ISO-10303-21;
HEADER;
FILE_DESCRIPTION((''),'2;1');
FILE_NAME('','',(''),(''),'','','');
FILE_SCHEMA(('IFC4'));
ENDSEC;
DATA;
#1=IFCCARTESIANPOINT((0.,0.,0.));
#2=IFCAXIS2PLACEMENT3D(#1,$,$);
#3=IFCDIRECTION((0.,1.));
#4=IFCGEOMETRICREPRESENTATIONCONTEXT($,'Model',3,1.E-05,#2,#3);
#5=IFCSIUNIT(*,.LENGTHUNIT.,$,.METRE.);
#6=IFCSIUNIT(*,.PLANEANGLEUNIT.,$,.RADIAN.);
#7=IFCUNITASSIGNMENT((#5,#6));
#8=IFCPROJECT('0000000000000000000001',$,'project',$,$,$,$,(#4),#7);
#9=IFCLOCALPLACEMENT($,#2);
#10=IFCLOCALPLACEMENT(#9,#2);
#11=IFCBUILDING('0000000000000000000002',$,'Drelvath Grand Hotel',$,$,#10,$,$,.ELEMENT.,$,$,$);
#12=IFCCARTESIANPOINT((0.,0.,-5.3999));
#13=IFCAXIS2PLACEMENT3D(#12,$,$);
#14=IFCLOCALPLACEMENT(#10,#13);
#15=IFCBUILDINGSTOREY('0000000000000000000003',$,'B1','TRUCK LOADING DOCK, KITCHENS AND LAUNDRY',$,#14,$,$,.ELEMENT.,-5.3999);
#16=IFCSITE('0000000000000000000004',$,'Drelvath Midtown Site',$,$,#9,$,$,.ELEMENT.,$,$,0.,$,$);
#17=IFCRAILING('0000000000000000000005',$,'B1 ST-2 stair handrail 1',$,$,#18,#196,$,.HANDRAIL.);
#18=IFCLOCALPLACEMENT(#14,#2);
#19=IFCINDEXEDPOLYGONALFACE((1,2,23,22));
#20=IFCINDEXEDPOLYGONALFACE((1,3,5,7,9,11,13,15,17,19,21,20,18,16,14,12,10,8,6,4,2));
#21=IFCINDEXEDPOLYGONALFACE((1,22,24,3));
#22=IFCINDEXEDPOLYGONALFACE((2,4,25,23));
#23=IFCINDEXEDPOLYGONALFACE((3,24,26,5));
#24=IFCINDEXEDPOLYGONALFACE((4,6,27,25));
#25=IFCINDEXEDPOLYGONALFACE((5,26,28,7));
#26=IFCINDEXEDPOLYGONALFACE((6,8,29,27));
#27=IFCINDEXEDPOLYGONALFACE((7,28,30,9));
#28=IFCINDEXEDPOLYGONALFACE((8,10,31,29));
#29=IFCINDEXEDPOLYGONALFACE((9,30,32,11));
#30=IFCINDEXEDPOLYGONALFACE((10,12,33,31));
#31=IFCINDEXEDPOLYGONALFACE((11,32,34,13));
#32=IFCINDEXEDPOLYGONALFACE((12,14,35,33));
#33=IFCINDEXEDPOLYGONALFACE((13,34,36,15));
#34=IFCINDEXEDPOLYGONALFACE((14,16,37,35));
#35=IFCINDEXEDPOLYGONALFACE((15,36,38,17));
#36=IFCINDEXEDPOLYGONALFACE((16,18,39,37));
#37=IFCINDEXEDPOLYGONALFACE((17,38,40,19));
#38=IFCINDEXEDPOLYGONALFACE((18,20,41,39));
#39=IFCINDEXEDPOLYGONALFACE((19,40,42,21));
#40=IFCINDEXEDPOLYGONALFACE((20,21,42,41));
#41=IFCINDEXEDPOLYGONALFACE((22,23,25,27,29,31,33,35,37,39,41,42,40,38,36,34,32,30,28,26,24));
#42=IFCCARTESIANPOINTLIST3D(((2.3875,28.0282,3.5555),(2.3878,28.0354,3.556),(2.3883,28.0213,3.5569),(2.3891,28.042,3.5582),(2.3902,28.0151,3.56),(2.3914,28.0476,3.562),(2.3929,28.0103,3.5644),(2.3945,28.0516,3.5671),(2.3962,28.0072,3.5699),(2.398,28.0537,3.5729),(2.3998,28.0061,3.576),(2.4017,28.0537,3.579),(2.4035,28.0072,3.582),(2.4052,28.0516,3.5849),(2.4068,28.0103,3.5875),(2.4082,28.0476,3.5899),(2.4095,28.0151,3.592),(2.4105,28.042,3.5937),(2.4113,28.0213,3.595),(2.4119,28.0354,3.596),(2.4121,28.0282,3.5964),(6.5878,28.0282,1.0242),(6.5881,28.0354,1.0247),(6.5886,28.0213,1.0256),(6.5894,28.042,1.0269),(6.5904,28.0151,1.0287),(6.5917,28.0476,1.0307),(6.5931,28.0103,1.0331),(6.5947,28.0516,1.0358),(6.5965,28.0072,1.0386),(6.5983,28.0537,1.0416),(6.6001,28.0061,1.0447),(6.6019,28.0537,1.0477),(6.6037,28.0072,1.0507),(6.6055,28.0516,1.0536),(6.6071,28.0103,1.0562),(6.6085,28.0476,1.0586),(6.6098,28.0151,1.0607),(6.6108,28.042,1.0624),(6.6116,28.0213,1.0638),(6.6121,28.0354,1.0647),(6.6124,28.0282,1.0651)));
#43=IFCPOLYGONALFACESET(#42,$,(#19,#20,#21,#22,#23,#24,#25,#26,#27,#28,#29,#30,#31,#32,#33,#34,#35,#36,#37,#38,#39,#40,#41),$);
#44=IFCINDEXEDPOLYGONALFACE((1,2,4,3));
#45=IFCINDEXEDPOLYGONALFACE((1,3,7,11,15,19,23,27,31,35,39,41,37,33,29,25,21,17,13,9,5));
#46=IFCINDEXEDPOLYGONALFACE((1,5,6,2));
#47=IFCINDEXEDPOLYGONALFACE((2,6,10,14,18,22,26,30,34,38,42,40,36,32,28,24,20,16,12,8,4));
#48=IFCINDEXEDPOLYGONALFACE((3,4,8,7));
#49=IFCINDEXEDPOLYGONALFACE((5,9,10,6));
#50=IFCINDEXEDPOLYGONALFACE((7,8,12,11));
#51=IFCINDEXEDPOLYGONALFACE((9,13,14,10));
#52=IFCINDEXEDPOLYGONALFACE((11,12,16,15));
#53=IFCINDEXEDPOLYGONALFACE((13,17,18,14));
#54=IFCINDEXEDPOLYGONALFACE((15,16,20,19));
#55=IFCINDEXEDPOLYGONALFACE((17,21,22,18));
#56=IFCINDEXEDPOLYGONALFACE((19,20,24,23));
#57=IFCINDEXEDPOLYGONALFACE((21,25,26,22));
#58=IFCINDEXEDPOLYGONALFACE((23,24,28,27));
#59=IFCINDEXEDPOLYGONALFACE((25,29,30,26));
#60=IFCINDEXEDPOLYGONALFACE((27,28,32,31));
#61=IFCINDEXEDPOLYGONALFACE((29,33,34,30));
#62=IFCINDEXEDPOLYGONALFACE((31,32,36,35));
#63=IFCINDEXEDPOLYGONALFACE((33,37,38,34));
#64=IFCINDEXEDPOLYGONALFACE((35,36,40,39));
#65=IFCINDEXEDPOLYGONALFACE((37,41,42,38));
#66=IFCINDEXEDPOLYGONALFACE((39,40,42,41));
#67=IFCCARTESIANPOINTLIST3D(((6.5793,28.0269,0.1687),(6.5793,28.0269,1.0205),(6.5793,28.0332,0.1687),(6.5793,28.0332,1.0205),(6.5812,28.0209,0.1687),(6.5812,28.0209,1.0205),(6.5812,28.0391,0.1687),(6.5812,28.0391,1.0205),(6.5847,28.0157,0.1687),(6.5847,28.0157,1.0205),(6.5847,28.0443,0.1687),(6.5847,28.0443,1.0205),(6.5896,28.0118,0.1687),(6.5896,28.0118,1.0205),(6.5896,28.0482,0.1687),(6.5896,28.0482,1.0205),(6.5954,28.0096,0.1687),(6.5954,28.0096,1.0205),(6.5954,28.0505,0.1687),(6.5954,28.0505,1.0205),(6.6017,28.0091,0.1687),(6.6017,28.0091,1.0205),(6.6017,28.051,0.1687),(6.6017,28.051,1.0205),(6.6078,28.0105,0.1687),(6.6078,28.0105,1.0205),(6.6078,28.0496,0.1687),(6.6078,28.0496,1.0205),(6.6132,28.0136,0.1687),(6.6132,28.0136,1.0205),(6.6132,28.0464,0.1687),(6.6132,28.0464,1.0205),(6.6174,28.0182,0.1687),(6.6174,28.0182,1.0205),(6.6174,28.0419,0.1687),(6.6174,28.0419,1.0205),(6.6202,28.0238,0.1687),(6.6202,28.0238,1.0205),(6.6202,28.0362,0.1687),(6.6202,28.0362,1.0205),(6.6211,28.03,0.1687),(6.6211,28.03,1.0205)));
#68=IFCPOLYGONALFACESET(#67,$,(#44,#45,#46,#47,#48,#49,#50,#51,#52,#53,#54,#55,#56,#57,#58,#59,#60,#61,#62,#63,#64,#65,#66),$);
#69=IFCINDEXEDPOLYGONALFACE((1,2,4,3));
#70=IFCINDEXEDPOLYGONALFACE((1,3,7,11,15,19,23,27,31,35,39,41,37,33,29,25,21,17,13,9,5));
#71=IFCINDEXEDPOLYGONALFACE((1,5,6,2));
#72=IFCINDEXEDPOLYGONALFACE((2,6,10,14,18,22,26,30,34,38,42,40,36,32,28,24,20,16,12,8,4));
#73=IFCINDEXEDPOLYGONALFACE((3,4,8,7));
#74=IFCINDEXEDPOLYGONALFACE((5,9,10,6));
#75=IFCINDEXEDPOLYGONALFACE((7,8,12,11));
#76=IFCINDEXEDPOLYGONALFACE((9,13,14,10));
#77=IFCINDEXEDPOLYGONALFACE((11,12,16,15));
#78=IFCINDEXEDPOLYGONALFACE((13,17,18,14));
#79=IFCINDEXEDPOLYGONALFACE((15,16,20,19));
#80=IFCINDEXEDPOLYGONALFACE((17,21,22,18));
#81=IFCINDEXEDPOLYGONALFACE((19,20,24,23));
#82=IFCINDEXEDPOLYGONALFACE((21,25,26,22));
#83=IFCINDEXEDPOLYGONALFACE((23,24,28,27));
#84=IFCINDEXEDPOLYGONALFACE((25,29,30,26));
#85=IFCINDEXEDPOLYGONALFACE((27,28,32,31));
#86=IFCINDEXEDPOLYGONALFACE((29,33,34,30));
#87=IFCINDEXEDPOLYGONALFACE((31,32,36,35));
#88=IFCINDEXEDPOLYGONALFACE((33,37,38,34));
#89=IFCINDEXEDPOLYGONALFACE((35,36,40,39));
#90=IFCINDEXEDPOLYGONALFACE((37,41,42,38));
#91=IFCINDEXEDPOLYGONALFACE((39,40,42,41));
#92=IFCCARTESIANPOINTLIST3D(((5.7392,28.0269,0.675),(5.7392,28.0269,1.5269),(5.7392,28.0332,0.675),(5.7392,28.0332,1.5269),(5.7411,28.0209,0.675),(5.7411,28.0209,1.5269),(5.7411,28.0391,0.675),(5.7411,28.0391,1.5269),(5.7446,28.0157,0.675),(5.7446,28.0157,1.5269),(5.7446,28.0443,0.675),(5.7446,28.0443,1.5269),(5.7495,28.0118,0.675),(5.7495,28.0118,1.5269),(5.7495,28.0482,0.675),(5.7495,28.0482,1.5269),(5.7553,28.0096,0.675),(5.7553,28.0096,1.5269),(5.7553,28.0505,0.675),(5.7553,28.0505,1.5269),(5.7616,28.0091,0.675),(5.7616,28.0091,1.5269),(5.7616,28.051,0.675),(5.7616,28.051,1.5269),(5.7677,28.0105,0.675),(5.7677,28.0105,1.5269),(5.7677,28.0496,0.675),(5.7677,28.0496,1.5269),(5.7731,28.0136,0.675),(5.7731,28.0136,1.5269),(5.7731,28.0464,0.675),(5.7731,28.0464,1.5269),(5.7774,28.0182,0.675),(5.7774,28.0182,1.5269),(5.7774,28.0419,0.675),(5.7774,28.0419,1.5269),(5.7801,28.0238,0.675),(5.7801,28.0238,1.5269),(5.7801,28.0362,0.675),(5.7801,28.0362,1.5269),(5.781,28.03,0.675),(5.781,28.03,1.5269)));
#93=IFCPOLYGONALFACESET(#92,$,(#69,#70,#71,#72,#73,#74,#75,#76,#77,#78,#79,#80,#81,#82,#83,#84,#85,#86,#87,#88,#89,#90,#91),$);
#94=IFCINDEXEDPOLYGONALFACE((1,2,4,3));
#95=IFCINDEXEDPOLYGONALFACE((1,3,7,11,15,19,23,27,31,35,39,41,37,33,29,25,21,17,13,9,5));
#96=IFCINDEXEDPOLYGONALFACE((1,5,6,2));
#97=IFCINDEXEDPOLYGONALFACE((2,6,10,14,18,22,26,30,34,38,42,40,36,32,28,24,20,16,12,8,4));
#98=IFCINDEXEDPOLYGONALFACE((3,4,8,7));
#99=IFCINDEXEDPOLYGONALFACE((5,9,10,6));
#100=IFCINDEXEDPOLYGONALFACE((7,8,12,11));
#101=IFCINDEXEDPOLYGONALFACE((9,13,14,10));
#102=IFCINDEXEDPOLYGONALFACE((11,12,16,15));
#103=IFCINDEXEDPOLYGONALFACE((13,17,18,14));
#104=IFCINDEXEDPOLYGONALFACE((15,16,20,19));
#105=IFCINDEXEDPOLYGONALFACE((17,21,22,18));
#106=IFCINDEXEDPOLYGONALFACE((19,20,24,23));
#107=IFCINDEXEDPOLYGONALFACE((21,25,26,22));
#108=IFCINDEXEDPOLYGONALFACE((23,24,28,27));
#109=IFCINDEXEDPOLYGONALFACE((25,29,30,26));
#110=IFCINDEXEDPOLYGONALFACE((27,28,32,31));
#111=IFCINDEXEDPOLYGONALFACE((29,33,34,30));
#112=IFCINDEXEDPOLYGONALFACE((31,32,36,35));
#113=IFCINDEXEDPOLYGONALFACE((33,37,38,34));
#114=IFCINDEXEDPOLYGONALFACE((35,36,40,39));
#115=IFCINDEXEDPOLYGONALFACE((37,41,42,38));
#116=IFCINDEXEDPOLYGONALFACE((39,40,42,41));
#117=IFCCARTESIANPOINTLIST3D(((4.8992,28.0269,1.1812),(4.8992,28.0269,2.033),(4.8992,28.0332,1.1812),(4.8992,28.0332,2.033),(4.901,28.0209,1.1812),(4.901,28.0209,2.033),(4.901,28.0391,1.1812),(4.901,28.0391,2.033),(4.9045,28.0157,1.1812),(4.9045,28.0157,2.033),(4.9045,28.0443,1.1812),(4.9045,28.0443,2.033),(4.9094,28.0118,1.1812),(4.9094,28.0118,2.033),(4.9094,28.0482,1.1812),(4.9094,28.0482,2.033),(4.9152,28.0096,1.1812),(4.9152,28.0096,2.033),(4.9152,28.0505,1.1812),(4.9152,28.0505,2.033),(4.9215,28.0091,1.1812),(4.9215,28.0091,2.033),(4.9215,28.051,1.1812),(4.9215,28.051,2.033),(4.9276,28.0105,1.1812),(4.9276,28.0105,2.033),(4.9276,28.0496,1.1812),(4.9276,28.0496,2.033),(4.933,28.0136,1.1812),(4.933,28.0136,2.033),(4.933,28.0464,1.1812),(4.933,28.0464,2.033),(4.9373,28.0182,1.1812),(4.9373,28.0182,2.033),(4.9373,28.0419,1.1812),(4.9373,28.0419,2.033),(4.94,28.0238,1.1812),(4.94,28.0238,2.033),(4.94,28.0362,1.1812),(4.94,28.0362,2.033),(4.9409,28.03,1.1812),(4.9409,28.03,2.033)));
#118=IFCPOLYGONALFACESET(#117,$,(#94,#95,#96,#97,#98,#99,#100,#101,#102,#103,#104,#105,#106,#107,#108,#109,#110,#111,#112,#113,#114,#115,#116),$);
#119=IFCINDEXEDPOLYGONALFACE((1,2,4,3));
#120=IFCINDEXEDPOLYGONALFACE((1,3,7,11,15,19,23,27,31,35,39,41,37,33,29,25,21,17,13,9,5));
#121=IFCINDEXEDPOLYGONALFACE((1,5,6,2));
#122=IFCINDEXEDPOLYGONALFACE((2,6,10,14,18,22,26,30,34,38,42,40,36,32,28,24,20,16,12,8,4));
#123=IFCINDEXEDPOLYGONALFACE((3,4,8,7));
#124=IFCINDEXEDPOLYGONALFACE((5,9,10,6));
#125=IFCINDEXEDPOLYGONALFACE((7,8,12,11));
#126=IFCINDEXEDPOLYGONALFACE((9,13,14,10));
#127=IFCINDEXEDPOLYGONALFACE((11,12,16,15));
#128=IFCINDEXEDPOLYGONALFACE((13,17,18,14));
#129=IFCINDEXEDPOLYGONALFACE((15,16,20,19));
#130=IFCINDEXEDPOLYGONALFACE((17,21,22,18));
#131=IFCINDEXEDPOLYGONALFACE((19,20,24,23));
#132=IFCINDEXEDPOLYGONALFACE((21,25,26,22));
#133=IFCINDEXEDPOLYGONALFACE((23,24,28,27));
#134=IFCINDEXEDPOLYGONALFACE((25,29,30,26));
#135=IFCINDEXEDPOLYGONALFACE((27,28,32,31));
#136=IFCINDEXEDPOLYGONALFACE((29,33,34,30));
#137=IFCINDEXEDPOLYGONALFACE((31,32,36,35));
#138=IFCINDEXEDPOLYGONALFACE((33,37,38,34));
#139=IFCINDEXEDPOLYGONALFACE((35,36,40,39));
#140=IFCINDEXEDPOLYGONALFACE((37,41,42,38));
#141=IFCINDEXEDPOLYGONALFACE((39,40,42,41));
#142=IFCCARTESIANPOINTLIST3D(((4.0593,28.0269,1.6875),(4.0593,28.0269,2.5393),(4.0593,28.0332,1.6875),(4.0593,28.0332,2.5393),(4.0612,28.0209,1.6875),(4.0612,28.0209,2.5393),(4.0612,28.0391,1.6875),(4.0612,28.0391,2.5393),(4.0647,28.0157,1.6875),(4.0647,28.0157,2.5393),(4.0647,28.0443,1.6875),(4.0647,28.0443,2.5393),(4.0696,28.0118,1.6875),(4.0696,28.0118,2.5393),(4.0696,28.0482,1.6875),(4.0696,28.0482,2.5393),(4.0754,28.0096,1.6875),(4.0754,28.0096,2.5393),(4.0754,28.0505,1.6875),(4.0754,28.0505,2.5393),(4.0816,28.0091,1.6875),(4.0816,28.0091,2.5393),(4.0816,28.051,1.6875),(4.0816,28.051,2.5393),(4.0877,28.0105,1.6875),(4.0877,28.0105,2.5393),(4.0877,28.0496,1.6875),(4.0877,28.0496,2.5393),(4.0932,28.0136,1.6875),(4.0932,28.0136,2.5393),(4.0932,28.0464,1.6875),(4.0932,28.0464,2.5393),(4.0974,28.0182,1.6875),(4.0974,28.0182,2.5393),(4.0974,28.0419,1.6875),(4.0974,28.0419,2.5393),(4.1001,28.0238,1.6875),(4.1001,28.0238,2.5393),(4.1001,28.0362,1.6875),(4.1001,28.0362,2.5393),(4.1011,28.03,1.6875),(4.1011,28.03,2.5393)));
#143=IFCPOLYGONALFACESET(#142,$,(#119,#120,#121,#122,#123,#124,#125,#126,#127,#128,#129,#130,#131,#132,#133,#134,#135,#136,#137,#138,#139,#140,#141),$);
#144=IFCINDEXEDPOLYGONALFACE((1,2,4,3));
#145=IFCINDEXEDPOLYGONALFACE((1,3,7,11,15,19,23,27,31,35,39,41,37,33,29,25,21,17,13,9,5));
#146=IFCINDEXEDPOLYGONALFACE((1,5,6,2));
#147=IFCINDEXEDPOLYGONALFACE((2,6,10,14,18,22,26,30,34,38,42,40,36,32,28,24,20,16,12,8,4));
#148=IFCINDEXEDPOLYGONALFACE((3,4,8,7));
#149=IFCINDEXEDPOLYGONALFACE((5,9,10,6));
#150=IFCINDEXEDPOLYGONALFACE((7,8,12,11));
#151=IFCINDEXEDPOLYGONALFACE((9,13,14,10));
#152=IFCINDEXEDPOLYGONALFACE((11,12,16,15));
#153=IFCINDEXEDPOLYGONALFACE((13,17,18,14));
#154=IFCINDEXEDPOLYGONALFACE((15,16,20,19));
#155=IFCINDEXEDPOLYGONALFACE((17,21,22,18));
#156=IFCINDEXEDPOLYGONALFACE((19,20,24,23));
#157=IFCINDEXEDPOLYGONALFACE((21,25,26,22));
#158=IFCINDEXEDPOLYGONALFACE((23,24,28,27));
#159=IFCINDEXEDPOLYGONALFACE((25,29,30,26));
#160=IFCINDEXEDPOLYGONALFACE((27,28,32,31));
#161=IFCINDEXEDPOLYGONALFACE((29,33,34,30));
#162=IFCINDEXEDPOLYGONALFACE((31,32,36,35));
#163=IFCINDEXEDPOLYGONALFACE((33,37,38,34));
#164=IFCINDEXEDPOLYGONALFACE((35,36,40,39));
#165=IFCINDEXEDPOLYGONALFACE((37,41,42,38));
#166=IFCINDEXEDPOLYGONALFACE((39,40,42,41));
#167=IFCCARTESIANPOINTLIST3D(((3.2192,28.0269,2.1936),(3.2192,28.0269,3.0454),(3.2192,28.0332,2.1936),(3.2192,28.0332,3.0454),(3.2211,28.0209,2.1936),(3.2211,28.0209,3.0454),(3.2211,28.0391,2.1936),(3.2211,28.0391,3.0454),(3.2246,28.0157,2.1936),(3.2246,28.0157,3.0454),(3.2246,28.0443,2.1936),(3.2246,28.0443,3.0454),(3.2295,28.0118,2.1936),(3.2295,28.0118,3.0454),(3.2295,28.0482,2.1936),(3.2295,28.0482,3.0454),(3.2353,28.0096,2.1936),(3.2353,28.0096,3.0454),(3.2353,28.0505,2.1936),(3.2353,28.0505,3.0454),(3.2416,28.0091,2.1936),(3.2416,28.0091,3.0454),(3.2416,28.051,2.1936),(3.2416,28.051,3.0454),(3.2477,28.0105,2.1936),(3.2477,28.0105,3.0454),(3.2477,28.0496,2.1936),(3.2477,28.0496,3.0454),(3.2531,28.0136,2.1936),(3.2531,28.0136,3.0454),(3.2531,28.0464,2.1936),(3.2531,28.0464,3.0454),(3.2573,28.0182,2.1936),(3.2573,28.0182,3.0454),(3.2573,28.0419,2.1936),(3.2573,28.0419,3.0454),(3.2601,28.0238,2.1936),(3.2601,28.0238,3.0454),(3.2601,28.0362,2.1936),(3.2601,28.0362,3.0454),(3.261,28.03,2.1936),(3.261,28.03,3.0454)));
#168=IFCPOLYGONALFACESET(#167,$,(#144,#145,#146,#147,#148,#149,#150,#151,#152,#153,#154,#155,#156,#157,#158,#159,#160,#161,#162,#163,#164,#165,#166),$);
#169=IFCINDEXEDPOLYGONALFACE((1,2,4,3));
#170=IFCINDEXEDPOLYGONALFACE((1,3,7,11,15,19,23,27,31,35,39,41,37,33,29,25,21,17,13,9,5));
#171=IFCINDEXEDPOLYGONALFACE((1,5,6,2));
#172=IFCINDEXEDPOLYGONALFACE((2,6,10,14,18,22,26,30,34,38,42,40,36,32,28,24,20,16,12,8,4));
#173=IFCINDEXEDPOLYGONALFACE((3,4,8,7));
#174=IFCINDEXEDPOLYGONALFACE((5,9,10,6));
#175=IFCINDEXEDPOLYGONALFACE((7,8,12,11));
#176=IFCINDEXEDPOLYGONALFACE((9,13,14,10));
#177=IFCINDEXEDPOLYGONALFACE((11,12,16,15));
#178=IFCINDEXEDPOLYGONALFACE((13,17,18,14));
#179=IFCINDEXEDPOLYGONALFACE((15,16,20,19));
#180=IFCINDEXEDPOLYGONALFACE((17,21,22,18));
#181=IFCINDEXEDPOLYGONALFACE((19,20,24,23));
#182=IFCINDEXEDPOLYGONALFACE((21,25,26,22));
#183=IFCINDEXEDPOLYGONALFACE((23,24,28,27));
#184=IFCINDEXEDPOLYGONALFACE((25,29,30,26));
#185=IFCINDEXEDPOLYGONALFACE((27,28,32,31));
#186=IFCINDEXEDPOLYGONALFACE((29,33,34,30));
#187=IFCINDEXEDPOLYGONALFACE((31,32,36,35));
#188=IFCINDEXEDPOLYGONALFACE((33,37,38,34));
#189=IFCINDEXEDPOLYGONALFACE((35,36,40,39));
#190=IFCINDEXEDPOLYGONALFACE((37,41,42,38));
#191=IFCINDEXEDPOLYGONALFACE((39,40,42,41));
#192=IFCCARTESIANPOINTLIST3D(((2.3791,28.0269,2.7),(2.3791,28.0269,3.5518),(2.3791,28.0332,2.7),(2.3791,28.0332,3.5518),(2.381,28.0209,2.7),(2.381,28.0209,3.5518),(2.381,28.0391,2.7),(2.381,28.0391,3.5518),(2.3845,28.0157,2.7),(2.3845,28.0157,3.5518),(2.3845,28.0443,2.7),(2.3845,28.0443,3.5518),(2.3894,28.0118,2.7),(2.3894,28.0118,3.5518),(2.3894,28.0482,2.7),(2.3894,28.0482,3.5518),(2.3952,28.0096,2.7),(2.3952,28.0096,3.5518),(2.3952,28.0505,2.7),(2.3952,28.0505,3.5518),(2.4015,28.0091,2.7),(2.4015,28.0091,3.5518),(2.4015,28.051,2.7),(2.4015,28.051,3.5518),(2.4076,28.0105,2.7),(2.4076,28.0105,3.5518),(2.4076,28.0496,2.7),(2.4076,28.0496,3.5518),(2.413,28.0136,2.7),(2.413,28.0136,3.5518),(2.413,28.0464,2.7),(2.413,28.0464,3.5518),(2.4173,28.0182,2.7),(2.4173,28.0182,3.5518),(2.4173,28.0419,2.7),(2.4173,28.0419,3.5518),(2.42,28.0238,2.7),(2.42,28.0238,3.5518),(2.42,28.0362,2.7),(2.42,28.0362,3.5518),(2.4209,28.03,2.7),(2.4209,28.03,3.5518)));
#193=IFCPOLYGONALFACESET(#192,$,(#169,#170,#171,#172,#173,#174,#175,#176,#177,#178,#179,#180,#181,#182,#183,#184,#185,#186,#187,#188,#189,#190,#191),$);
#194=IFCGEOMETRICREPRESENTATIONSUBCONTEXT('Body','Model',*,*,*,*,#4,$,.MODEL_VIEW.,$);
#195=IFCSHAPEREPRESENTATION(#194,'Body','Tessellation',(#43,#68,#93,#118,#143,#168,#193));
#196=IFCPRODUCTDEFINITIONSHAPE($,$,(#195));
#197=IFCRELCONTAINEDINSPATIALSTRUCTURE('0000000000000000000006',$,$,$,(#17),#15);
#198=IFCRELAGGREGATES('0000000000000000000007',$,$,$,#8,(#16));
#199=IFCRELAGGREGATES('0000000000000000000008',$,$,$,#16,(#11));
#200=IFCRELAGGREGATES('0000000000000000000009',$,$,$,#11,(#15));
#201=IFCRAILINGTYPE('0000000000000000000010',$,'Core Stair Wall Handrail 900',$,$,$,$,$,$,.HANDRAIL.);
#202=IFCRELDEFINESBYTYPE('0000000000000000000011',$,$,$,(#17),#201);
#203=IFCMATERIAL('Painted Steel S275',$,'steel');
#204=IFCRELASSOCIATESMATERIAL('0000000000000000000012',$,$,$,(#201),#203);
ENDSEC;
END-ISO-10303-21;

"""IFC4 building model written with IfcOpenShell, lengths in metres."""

from ifc_helpers import new_model, si_unit, direction, frame, origin, origin_2d, place, context, subcontext, project, spatial, circle, extrude, material, type_object, element, save


model = new_model("IFC4")

# Units and contexts
model_context = context("Model", 3, precision=1e-05, world=origin(), true_north=direction((0.0, 1.0)))
body_context = subcontext(model_context, "Body", "Model", "MODEL_VIEW")
ifc_project = project(units=[si_unit("LENGTHUNIT", "METRE"), si_unit("PLANEANGLEUNIT", "RADIAN")], contexts=[model_context])

# Site, building, storey
site_placement = place(None, origin())
site = spatial("IfcSite", under=ifc_project, at=site_placement, Name="Drelvath Midtown Site", CompositionType="ELEMENT", RefElevation=0.0)
building_placement = place(site_placement, origin())
building = spatial("IfcBuilding", under=site, at=building_placement, Name="Drelvath Grand Hotel", CompositionType="ELEMENT")
storey_placement = place(building_placement, frame((0.0, 0.0, -5.3999)))
storey = spatial("IfcBuildingStorey", under=building, at=storey_placement, Name="B1", Description="TRUCK LOADING DOCK, KITCHENS AND LAUNDRY", CompositionType="ELEMENT", Elevation=-5.3999)

# Shared definitions
ifc_material_1 = material(Name="Painted Steel S275", Category="steel")

# Railing
railing_type = type_object("IfcRailingType", Name="Core Stair Wall Handrail 900", PredefinedType="HANDRAIL", material=ifc_material_1)
railing_placement = place(storey_placement, frame((6.6001, 28.03, 0.1687)))
element("IfcRailing", 1, at=railing_placement, inside=storey, type_object=railing_type, Name="B1 ST-2 stair handrail 1", PredefinedType="HANDRAIL", context=body_context, shape_type="SweptSolid", body=[
    extrude(circle(Radius=0.0239, at=origin_2d()), frame((0.0, 0.0, 0.876), z_axis=(-0.85649, 0.0, 0.516164), x_axis=(0.0, -1.0, 0.0)), (0.0, 0.0, 1.0), 4.9041),
    extrude(circle(Radius=0.021, at=origin_2d()), origin(), (0.0, 0.0, 1.0), 0.8518),
    extrude(circle(Radius=0.021, at=origin_2d()), frame((-0.8401, 0.0, 0.5063)), (0.0, 0.0, 1.0), 0.8518),
    extrude(circle(Radius=0.021, at=origin_2d()), frame((-1.6802, 0.0, 1.0125)), (0.0, 0.0, 1.0), 0.8518),
    extrude(circle(Radius=0.021, at=origin_2d()), frame((-2.52, 0.0, 1.5188)), (0.0, 0.0, 1.0), 0.8518),
    extrude(circle(Radius=0.021, at=origin_2d()), frame((-3.3601, 0.0, 2.0249)), (0.0, 0.0, 1.0), 0.8518),
    extrude(circle(Radius=0.021, at=origin_2d()), frame((-4.2002, 0.0, 2.5312)), (0.0, 0.0, 1.0), 0.8518),
])

save(model, "model.ifc")
